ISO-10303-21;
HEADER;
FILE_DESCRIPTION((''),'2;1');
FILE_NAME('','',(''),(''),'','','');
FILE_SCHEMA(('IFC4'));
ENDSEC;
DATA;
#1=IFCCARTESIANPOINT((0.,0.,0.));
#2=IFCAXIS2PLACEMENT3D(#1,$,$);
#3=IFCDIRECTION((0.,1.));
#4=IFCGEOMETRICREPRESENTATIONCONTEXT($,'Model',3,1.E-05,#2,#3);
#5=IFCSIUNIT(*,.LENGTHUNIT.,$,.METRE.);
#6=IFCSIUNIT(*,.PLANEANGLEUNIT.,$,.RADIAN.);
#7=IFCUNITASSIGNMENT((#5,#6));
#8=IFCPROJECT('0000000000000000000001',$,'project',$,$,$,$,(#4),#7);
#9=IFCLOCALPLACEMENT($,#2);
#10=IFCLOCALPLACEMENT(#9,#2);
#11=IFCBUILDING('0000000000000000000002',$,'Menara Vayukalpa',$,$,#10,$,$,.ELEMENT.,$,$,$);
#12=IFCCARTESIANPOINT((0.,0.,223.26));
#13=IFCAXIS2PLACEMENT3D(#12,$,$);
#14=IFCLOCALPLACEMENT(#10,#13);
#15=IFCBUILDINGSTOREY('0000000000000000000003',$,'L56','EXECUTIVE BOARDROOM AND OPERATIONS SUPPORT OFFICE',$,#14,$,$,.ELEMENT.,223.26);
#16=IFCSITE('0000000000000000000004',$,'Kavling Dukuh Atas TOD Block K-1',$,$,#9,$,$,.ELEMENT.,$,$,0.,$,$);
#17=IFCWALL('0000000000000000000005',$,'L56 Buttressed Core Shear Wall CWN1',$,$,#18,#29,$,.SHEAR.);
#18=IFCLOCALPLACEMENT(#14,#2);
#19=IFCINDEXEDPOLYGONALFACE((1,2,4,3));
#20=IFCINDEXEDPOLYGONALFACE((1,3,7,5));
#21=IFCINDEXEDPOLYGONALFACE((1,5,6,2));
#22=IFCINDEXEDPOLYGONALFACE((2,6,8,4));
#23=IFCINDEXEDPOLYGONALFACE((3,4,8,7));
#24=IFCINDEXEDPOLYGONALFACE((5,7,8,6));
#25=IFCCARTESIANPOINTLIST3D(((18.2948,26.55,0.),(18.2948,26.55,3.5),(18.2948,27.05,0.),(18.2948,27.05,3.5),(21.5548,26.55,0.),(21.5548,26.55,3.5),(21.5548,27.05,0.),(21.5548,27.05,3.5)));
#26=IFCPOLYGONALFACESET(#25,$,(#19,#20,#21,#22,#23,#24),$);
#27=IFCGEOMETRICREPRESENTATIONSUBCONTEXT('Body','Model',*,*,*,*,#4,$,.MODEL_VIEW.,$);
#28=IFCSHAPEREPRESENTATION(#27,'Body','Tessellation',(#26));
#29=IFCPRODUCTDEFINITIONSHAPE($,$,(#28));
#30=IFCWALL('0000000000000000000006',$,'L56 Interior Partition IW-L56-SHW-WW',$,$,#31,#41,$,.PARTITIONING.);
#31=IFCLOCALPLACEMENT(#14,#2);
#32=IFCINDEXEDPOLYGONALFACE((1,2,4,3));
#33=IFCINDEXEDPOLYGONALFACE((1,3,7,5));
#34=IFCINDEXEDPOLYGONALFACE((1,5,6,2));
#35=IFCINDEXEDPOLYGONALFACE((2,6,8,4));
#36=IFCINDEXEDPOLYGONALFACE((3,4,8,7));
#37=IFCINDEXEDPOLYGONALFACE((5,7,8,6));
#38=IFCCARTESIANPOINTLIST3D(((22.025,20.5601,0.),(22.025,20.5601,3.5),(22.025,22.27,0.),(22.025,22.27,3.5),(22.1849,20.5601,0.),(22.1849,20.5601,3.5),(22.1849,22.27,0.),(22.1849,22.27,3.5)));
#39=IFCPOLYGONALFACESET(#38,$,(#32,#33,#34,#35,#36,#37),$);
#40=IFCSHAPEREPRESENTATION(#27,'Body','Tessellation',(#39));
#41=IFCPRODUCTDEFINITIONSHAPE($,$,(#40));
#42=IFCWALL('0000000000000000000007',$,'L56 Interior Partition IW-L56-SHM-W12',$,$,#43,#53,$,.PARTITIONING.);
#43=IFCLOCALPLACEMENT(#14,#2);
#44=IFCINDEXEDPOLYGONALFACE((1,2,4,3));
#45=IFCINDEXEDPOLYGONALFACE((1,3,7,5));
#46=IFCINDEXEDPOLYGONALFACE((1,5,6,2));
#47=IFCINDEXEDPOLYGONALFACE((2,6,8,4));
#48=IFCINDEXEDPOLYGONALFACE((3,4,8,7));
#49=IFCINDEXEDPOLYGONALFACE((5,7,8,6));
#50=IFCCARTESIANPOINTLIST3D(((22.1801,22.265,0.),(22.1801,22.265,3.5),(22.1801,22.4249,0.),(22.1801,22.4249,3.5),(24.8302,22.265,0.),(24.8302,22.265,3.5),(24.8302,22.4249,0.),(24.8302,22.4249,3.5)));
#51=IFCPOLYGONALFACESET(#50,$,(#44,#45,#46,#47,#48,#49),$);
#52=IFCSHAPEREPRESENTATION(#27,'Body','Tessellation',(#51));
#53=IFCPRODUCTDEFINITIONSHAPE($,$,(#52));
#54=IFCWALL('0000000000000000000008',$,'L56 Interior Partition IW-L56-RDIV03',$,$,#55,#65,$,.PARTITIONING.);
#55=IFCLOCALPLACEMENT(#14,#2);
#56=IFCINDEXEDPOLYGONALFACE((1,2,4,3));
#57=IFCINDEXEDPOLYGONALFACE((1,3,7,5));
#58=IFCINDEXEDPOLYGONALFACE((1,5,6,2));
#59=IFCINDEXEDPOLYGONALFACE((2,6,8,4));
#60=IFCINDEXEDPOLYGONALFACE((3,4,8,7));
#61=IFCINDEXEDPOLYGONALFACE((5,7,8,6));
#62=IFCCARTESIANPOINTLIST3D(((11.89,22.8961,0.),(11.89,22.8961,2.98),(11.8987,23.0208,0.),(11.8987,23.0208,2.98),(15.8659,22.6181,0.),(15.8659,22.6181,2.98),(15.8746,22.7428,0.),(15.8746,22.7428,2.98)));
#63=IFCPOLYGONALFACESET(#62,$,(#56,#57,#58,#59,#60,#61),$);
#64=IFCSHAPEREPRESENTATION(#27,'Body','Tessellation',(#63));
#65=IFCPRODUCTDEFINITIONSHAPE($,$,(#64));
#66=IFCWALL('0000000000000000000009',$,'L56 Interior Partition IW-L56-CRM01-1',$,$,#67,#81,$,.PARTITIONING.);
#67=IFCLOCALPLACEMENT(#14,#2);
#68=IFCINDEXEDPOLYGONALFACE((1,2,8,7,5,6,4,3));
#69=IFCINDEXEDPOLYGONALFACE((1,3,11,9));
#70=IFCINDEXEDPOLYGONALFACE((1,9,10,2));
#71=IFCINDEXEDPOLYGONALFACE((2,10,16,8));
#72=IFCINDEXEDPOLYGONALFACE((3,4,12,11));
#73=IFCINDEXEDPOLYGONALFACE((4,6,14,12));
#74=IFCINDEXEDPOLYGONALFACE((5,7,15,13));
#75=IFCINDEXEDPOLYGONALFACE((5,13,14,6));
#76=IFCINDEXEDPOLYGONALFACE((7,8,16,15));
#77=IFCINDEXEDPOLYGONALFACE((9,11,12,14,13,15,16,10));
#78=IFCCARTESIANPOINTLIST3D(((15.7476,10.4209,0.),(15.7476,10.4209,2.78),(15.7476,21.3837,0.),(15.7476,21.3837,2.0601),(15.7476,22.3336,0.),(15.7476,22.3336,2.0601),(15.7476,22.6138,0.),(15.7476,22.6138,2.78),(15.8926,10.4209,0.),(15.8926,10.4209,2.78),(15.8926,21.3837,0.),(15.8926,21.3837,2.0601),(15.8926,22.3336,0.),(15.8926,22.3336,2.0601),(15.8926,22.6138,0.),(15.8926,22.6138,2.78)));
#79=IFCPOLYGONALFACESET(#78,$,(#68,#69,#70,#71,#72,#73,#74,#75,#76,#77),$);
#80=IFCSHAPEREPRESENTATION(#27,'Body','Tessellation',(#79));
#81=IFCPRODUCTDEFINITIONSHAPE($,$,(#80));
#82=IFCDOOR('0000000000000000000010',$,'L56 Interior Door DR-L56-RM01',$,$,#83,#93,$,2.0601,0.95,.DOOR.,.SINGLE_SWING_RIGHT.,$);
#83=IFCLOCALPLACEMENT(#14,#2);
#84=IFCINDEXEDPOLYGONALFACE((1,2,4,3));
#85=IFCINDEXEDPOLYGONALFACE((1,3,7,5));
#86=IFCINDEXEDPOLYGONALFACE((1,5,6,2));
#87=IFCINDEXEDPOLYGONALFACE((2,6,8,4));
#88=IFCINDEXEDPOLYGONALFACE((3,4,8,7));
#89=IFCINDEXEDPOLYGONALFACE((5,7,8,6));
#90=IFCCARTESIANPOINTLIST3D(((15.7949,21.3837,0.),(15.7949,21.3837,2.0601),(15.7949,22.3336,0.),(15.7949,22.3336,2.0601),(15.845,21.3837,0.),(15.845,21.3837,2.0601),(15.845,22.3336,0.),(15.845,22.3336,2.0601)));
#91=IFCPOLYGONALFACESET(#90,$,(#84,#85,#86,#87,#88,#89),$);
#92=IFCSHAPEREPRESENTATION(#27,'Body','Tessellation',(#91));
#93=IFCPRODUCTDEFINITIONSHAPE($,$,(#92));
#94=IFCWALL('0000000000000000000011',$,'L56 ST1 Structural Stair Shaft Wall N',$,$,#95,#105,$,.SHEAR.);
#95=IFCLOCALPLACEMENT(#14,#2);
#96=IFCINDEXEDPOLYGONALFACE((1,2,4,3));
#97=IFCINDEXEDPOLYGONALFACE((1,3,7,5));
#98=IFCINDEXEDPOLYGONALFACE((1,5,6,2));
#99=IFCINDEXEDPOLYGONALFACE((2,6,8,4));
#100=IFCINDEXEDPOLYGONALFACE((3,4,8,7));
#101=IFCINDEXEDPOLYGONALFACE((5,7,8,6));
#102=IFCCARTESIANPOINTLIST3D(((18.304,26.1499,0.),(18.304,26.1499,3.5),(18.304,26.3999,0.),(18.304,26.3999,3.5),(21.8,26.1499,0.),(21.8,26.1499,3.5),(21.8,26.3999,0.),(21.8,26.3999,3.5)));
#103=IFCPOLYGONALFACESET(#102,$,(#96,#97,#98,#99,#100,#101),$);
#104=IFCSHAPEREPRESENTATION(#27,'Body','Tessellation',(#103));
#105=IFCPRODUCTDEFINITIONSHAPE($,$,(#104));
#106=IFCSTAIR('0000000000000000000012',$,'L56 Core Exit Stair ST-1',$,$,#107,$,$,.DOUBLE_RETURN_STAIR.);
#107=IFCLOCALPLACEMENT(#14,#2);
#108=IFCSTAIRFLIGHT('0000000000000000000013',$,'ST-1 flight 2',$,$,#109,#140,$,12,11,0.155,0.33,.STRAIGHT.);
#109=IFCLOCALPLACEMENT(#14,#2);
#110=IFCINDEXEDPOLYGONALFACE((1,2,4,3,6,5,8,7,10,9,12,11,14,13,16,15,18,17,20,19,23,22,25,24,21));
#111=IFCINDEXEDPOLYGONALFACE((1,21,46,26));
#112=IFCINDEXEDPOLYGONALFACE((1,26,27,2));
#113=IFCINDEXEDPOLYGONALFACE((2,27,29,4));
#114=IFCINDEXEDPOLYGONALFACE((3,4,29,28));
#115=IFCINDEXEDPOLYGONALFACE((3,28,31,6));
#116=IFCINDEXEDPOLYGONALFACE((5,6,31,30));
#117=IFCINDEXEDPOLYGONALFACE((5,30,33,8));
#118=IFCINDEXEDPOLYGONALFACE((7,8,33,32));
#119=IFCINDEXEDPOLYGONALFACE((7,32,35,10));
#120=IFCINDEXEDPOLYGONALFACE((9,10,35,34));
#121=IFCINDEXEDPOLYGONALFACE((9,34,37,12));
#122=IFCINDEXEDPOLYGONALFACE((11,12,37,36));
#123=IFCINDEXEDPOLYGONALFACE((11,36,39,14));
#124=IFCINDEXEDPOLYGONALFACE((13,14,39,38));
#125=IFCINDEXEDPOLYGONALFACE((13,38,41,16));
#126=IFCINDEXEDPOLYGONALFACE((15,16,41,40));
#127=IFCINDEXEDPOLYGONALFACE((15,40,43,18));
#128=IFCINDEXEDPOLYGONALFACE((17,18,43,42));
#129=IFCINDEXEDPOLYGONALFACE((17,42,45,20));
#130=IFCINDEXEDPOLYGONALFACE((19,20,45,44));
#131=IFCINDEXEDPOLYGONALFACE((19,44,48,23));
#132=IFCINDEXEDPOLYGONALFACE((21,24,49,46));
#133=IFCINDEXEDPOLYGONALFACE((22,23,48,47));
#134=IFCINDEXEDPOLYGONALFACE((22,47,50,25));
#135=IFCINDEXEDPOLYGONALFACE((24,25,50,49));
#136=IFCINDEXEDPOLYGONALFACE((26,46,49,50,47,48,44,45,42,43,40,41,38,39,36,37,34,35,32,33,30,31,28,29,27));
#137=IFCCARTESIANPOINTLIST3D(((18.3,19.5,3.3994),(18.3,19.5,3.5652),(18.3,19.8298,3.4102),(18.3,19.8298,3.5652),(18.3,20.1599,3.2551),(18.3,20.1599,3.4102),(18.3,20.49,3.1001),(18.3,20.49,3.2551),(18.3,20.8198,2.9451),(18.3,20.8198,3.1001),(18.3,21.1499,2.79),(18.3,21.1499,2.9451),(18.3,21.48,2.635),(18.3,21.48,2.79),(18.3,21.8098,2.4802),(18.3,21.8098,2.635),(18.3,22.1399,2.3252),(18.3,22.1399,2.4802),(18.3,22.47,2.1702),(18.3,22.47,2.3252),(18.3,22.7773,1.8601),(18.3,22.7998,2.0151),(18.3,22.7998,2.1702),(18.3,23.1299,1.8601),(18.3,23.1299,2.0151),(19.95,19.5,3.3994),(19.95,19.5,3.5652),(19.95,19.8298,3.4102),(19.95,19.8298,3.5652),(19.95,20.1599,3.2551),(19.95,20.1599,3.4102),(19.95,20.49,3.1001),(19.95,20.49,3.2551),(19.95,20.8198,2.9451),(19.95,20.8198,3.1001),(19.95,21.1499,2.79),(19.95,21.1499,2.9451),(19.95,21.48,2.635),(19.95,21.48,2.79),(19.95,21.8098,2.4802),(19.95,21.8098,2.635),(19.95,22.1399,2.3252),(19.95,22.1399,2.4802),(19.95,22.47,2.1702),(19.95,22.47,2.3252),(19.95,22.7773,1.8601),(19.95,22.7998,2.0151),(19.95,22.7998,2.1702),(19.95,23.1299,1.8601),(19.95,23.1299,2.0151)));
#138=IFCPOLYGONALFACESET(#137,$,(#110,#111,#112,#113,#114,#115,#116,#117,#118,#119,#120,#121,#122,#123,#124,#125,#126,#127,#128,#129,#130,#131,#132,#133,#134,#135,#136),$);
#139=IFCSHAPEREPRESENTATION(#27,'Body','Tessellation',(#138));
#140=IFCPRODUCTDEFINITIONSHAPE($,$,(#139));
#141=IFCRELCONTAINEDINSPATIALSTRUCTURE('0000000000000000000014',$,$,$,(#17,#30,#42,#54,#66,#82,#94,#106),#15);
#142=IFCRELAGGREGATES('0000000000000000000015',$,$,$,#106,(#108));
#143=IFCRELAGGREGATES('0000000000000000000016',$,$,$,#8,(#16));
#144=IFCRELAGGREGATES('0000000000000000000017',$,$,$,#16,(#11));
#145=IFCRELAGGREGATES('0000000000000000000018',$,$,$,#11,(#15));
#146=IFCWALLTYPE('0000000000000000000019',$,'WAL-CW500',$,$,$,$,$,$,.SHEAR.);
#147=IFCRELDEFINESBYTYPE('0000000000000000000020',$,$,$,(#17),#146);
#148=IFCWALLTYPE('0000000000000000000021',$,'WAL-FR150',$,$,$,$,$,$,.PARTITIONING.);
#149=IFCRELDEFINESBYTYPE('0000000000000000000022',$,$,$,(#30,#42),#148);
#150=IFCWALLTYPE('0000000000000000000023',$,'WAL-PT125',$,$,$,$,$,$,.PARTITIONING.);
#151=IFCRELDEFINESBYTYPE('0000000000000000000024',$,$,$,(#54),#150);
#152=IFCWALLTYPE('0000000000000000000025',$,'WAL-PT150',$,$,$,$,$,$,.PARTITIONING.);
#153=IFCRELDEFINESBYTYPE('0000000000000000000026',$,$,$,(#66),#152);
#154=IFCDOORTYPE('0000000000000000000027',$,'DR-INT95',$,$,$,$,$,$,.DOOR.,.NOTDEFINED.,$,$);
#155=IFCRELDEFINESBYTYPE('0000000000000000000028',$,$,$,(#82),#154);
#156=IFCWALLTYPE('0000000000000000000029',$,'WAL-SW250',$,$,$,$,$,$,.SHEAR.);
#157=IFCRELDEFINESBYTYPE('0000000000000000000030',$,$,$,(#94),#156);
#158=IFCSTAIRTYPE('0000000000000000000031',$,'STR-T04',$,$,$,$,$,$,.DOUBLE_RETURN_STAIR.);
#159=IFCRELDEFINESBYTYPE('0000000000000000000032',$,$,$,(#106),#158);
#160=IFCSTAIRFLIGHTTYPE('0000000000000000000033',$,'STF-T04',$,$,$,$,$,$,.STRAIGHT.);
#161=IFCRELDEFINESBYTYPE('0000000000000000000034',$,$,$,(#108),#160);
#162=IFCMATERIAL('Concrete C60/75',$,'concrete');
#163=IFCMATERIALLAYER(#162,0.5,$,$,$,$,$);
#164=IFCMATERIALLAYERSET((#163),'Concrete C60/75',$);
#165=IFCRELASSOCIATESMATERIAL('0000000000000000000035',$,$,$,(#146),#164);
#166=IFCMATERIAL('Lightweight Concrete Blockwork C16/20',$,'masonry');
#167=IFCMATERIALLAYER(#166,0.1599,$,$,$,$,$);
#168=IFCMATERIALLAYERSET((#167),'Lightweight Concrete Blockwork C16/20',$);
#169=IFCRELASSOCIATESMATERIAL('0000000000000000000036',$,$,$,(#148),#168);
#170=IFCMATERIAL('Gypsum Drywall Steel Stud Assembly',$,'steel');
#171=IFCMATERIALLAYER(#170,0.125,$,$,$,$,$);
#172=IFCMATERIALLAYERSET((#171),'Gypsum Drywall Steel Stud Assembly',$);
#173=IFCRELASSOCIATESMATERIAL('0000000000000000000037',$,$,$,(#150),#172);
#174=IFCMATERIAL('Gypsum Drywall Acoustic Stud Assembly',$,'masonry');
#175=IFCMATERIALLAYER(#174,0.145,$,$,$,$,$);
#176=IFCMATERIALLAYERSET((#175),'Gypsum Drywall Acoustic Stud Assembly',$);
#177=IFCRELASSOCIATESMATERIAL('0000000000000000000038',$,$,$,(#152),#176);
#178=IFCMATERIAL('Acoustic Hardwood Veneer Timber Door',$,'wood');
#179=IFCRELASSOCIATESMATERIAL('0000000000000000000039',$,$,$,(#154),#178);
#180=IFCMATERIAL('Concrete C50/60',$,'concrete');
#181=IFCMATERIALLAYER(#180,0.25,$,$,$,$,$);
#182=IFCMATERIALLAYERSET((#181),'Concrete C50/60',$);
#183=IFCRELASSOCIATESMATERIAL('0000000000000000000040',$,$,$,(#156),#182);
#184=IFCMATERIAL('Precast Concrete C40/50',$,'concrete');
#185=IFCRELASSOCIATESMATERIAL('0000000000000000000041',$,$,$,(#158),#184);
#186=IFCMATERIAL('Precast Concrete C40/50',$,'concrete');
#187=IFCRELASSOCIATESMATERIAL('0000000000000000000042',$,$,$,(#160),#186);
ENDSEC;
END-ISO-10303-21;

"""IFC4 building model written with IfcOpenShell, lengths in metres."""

from ifc_helpers import new_model, si_unit, direction, frame, frame_2d, origin, place, context, subcontext, project, spatial, polyline, rectangle, outline, extrude, material, layer, layer_set, type_object, element, fill, aggregate, save


model = new_model("IFC4")

# Units and contexts
model_context = context("Model", 3, precision=1e-05, world=origin(), true_north=direction((0.0, 1.0)))
body_context = subcontext(model_context, "Body", "Model", "MODEL_VIEW")
ifc_project = project(units=[si_unit("LENGTHUNIT", "METRE"), si_unit("PLANEANGLEUNIT", "RADIAN")], contexts=[model_context])

# Site, building, storey
site_placement = place(None, origin())
site = spatial("IfcSite", under=ifc_project, at=site_placement, Name="Kavling Dukuh Atas TOD Block K-1", CompositionType="ELEMENT", RefElevation=0.0)
building_placement = place(site_placement, origin())
building = spatial("IfcBuilding", under=site, at=building_placement, Name="Menara Vayukalpa", CompositionType="ELEMENT")
storey_placement = place(building_placement, frame((0.0, 0.0, 223.26)))
storey = spatial("IfcBuildingStorey", under=building, at=storey_placement, Name="L56", Description="EXECUTIVE BOARDROOM AND OPERATIONS SUPPORT OFFICE", CompositionType="ELEMENT", Elevation=223.26)

# Walls
ifc_material_1 = material(Name="Concrete C60/75", Category="concrete")
ifc_layer_1 = layer(ifc_material_1, 0.5)
ifc_layer_set_1 = layer_set([ifc_layer_1], Name="Concrete C60/75")
wall_type_1 = type_object("IfcWallType", Name="WAL-CW500", PredefinedType="SHEAR", material=ifc_layer_set_1)
wall_1_placement = place(storey_placement, frame((18.2949, 26.8, 0.0), z_axis=(0.0, 0.0, 1.0), x_axis=(1.0, 0.0, 0.0)))
element("IfcWall", 1, at=wall_1_placement, inside=storey, type_object=wall_type_1, Name="L56 Buttressed Core Shear Wall CWN1", PredefinedType="SHEAR", context=body_context, shape_type="SweptSolid", body=[
    extrude(rectangle(XDim=3.26, YDim=0.5, at=frame_2d((1.6299, 0.0))), origin(), (0.0, 0.0, 1.0), 3.5),
])
ifc_material_2 = material(Name="Lightweight Concrete Blockwork C16/20", Category="masonry")
ifc_layer_2 = layer(ifc_material_2, 0.1599)
ifc_layer_set_2 = layer_set([ifc_layer_2], Name="Lightweight Concrete Blockwork C16/20")
wall_type_2 = type_object("IfcWallType", Name="WAL-FR150", PredefinedType="PARTITIONING", material=ifc_layer_set_2)
wall_2_placement = place(storey_placement, frame((22.105, 20.5601, 0.0), z_axis=(0.0, 0.0, 1.0), x_axis=(0.0, 1.0, 0.0)))
element("IfcWall", 2, at=wall_2_placement, inside=storey, type_object=wall_type_2, Name="L56 Interior Partition IW-L56-SHW-WW", PredefinedType="PARTITIONING", context=body_context, shape_type="SweptSolid", body=[
    extrude(rectangle(XDim=1.71, YDim=0.1599, at=frame_2d((0.855, 0.0))), origin(), (0.0, 0.0, 1.0), 3.5),
])
wall_3_placement = place(storey_placement, frame((22.1799, 22.345, 0.0), z_axis=(0.0, 0.0, 1.0), x_axis=(1.0, 0.0, 0.0)))
element("IfcWall", 3, at=wall_3_placement, inside=storey, type_object=wall_type_2, Name="L56 Interior Partition IW-L56-SHM-W12", PredefinedType="PARTITIONING", context=body_context, shape_type="SweptSolid", body=[
    extrude(rectangle(XDim=2.6501, YDim=0.1599, at=frame_2d((1.3252, 0.0))), origin(), (0.0, 0.0, 1.0), 3.5),
])
ifc_material_3 = material(Name="Gypsum Drywall Steel Stud Assembly", Category="steel")
ifc_layer_3 = layer(ifc_material_3, 0.125)
ifc_layer_set_3 = layer_set([ifc_layer_3], Name="Gypsum Drywall Steel Stud Assembly")
wall_type_3 = type_object("IfcWallType", Name="WAL-PT125", PredefinedType="PARTITIONING", material=ifc_layer_set_3)
wall_4_placement = place(storey_placement, frame((15.8701, 22.6804, 0.0), z_axis=(0.0, 0.0, 1.0), x_axis=(-0.997563, 0.069771, 0.0)))
element("IfcWall", 4, at=wall_4_placement, inside=storey, type_object=wall_type_3, Name="L56 Interior Partition IW-L56-RDIV03", PredefinedType="PARTITIONING", context=body_context, shape_type="SweptSolid", body=[
    extrude(rectangle(XDim=3.9856, YDim=0.125, at=frame_2d((1.9927, 0.0))), origin(), (0.0, 0.0, 1.0), 2.98),
])

# Wall, opening, door
ifc_material_4 = material(Name="Gypsum Drywall Acoustic Stud Assembly", Category="masonry")
ifc_layer_4 = layer(ifc_material_4, 0.145)
ifc_layer_set_4 = layer_set([ifc_layer_4], Name="Gypsum Drywall Acoustic Stud Assembly")
wall_type_4 = type_object("IfcWallType", Name="WAL-PT150", PredefinedType="PARTITIONING", material=ifc_layer_set_4)
wall_5_placement = place(storey_placement, frame((15.8201, 22.6138, 0.0), z_axis=(0.0, 0.0, 1.0), x_axis=(0.0, -1.0, 0.0)))
wall_5 = element("IfcWall", 5, at=wall_5_placement, inside=storey, type_object=wall_type_4, Name="L56 Interior Partition IW-L56-CRM01-1", PredefinedType="PARTITIONING", context=body_context, shape_type="SweptSolid", body=[
    extrude(rectangle(XDim=12.1929, YDim=0.145, at=frame_2d((6.0964, 0.0))), origin(), (0.0, 0.0, 1.0), 2.78),
])
opening_placement = place(wall_5_placement, frame((0.28, 0.0, 0.0)))
opening = element("IfcOpeningElement", 6, at=opening_placement, cuts=wall_5, PredefinedType="OPENING", context=body_context, shape_type="SweptSolid", body=[
    extrude(rectangle(XDim=0.95, YDim=2.0601, at=frame_2d((0.4751, 1.03))), frame((0.0, 0.0825, 0.0), z_axis=(0.0, -1.0, 0.0), x_axis=(1.0, 0.0, 0.0)), (0.0, 0.0, 1.0), 0.165),
])
ifc_material_5 = material(Name="Acoustic Hardwood Veneer Timber Door", Category="wood")
door_type = type_object("IfcDoorType", Name="DR-INT95", OperationType="NOTDEFINED", PredefinedType="DOOR", material=ifc_material_5)
door_placement = place(opening_placement, origin())
door = element("IfcDoor", 7, at=door_placement, inside=storey, type_object=door_type, Name="L56 Interior Door DR-L56-RM01", OperationType="SINGLE_SWING_RIGHT", OverallHeight=2.0601, OverallWidth=0.95, PredefinedType="DOOR", context=body_context, shape_type="SweptSolid", body=[
    extrude(rectangle(XDim=0.95, YDim=2.0601, at=frame_2d((0.4751, 1.03))), frame((0.0, 0.0249, 0.0), z_axis=(0.0, -1.0, 0.0), x_axis=(1.0, 0.0, 0.0)), (0.0, 0.0, 1.0), 0.05),
])
fill(opening, door)

# Wall
ifc_material_6 = material(Name="Concrete C50/60", Category="concrete")
ifc_layer_5 = layer(ifc_material_6, 0.25)
ifc_layer_set_5 = layer_set([ifc_layer_5], Name="Concrete C50/60")
wall_type_5 = type_object("IfcWallType", Name="WAL-SW250", PredefinedType="SHEAR", material=ifc_layer_set_5)
wall_6_placement = place(storey_placement, frame((18.304, 26.2749, 0.0), z_axis=(0.0, 0.0, 1.0), x_axis=(1.0, 0.0, 0.0)))
element("IfcWall", 8, at=wall_6_placement, inside=storey, type_object=wall_type_5, Name="L56 ST1 Structural Stair Shaft Wall N", PredefinedType="SHEAR", context=body_context, shape_type="SweptSolid", body=[
    extrude(rectangle(XDim=3.4961, YDim=0.25, at=frame_2d((1.748, 0.0))), origin(), (0.0, 0.0, 1.0), 3.5),
])

# Stair, stair flight
ifc_material_7 = material(Name="Precast Concrete C40/50", Category="concrete")
stair_type = type_object("IfcStairType", Name="STR-T04", PredefinedType="DOUBLE_RETURN_STAIR", material=ifc_material_7)
stair_placement = place(storey_placement, origin())
stair = element("IfcStair", 9, at=stair_placement, inside=storey, type_object=stair_type, Name="L56 Core Exit Stair ST-1", PredefinedType="DOUBLE_RETURN_STAIR")
ifc_material_8 = material(Name="Precast Concrete C40/50", Category="concrete")
stair_flight_type = type_object("IfcStairFlightType", Name="STF-T04", PredefinedType="STRAIGHT", material=ifc_material_8)
stair_flight_placement = place(storey_placement, frame((19.125, 23.1299, 1.8601), z_axis=(0.0, 0.0, 1.0), x_axis=(0.0, -1.0, 0.0)))
stair_flight = element("IfcStairFlight", 10, at=stair_flight_placement, type_object=stair_flight_type, Name="ST-1 flight 2", NumberOfRisers=12, NumberOfTreads=11, PredefinedType="STRAIGHT", RiserHeight=0.155, TreadLength=0.33, context=body_context, shape_type="SweptSolid", body=[
    extrude(outline(polyline([(0.0, 0.0), (0.0, 0.155), (0.3301, 0.155), (0.3301, 0.3101), (0.6599, 0.3101), (0.6599, 0.4651), (0.99, 0.4651), (0.99, 0.6201), (1.3201, 0.6201), (1.3201, 0.7749), (1.6499, 0.7749), (1.6499, 0.9299), (1.98, 0.9299), (1.98, 1.085), (2.3101, 1.085), (2.3101, 1.24), (2.6399, 1.24), (2.6399, 1.395), (2.97, 1.395), (2.97, 1.55), (3.3, 1.55), (3.3, 1.7051), (3.6299, 1.7051), (3.6299, 1.8601), (3.6299, 1.5393), (0.3525, 0.0), (0.0, 0.0)])), frame((0.0, 0.825, 0.0), z_axis=(0.0, -1.0, 0.0), x_axis=(1.0, 0.0, 0.0)), (0.0, 0.0, 1.0), 1.6499),
])
aggregate(stair, [stair_flight])

save(model, "model.ifc")
